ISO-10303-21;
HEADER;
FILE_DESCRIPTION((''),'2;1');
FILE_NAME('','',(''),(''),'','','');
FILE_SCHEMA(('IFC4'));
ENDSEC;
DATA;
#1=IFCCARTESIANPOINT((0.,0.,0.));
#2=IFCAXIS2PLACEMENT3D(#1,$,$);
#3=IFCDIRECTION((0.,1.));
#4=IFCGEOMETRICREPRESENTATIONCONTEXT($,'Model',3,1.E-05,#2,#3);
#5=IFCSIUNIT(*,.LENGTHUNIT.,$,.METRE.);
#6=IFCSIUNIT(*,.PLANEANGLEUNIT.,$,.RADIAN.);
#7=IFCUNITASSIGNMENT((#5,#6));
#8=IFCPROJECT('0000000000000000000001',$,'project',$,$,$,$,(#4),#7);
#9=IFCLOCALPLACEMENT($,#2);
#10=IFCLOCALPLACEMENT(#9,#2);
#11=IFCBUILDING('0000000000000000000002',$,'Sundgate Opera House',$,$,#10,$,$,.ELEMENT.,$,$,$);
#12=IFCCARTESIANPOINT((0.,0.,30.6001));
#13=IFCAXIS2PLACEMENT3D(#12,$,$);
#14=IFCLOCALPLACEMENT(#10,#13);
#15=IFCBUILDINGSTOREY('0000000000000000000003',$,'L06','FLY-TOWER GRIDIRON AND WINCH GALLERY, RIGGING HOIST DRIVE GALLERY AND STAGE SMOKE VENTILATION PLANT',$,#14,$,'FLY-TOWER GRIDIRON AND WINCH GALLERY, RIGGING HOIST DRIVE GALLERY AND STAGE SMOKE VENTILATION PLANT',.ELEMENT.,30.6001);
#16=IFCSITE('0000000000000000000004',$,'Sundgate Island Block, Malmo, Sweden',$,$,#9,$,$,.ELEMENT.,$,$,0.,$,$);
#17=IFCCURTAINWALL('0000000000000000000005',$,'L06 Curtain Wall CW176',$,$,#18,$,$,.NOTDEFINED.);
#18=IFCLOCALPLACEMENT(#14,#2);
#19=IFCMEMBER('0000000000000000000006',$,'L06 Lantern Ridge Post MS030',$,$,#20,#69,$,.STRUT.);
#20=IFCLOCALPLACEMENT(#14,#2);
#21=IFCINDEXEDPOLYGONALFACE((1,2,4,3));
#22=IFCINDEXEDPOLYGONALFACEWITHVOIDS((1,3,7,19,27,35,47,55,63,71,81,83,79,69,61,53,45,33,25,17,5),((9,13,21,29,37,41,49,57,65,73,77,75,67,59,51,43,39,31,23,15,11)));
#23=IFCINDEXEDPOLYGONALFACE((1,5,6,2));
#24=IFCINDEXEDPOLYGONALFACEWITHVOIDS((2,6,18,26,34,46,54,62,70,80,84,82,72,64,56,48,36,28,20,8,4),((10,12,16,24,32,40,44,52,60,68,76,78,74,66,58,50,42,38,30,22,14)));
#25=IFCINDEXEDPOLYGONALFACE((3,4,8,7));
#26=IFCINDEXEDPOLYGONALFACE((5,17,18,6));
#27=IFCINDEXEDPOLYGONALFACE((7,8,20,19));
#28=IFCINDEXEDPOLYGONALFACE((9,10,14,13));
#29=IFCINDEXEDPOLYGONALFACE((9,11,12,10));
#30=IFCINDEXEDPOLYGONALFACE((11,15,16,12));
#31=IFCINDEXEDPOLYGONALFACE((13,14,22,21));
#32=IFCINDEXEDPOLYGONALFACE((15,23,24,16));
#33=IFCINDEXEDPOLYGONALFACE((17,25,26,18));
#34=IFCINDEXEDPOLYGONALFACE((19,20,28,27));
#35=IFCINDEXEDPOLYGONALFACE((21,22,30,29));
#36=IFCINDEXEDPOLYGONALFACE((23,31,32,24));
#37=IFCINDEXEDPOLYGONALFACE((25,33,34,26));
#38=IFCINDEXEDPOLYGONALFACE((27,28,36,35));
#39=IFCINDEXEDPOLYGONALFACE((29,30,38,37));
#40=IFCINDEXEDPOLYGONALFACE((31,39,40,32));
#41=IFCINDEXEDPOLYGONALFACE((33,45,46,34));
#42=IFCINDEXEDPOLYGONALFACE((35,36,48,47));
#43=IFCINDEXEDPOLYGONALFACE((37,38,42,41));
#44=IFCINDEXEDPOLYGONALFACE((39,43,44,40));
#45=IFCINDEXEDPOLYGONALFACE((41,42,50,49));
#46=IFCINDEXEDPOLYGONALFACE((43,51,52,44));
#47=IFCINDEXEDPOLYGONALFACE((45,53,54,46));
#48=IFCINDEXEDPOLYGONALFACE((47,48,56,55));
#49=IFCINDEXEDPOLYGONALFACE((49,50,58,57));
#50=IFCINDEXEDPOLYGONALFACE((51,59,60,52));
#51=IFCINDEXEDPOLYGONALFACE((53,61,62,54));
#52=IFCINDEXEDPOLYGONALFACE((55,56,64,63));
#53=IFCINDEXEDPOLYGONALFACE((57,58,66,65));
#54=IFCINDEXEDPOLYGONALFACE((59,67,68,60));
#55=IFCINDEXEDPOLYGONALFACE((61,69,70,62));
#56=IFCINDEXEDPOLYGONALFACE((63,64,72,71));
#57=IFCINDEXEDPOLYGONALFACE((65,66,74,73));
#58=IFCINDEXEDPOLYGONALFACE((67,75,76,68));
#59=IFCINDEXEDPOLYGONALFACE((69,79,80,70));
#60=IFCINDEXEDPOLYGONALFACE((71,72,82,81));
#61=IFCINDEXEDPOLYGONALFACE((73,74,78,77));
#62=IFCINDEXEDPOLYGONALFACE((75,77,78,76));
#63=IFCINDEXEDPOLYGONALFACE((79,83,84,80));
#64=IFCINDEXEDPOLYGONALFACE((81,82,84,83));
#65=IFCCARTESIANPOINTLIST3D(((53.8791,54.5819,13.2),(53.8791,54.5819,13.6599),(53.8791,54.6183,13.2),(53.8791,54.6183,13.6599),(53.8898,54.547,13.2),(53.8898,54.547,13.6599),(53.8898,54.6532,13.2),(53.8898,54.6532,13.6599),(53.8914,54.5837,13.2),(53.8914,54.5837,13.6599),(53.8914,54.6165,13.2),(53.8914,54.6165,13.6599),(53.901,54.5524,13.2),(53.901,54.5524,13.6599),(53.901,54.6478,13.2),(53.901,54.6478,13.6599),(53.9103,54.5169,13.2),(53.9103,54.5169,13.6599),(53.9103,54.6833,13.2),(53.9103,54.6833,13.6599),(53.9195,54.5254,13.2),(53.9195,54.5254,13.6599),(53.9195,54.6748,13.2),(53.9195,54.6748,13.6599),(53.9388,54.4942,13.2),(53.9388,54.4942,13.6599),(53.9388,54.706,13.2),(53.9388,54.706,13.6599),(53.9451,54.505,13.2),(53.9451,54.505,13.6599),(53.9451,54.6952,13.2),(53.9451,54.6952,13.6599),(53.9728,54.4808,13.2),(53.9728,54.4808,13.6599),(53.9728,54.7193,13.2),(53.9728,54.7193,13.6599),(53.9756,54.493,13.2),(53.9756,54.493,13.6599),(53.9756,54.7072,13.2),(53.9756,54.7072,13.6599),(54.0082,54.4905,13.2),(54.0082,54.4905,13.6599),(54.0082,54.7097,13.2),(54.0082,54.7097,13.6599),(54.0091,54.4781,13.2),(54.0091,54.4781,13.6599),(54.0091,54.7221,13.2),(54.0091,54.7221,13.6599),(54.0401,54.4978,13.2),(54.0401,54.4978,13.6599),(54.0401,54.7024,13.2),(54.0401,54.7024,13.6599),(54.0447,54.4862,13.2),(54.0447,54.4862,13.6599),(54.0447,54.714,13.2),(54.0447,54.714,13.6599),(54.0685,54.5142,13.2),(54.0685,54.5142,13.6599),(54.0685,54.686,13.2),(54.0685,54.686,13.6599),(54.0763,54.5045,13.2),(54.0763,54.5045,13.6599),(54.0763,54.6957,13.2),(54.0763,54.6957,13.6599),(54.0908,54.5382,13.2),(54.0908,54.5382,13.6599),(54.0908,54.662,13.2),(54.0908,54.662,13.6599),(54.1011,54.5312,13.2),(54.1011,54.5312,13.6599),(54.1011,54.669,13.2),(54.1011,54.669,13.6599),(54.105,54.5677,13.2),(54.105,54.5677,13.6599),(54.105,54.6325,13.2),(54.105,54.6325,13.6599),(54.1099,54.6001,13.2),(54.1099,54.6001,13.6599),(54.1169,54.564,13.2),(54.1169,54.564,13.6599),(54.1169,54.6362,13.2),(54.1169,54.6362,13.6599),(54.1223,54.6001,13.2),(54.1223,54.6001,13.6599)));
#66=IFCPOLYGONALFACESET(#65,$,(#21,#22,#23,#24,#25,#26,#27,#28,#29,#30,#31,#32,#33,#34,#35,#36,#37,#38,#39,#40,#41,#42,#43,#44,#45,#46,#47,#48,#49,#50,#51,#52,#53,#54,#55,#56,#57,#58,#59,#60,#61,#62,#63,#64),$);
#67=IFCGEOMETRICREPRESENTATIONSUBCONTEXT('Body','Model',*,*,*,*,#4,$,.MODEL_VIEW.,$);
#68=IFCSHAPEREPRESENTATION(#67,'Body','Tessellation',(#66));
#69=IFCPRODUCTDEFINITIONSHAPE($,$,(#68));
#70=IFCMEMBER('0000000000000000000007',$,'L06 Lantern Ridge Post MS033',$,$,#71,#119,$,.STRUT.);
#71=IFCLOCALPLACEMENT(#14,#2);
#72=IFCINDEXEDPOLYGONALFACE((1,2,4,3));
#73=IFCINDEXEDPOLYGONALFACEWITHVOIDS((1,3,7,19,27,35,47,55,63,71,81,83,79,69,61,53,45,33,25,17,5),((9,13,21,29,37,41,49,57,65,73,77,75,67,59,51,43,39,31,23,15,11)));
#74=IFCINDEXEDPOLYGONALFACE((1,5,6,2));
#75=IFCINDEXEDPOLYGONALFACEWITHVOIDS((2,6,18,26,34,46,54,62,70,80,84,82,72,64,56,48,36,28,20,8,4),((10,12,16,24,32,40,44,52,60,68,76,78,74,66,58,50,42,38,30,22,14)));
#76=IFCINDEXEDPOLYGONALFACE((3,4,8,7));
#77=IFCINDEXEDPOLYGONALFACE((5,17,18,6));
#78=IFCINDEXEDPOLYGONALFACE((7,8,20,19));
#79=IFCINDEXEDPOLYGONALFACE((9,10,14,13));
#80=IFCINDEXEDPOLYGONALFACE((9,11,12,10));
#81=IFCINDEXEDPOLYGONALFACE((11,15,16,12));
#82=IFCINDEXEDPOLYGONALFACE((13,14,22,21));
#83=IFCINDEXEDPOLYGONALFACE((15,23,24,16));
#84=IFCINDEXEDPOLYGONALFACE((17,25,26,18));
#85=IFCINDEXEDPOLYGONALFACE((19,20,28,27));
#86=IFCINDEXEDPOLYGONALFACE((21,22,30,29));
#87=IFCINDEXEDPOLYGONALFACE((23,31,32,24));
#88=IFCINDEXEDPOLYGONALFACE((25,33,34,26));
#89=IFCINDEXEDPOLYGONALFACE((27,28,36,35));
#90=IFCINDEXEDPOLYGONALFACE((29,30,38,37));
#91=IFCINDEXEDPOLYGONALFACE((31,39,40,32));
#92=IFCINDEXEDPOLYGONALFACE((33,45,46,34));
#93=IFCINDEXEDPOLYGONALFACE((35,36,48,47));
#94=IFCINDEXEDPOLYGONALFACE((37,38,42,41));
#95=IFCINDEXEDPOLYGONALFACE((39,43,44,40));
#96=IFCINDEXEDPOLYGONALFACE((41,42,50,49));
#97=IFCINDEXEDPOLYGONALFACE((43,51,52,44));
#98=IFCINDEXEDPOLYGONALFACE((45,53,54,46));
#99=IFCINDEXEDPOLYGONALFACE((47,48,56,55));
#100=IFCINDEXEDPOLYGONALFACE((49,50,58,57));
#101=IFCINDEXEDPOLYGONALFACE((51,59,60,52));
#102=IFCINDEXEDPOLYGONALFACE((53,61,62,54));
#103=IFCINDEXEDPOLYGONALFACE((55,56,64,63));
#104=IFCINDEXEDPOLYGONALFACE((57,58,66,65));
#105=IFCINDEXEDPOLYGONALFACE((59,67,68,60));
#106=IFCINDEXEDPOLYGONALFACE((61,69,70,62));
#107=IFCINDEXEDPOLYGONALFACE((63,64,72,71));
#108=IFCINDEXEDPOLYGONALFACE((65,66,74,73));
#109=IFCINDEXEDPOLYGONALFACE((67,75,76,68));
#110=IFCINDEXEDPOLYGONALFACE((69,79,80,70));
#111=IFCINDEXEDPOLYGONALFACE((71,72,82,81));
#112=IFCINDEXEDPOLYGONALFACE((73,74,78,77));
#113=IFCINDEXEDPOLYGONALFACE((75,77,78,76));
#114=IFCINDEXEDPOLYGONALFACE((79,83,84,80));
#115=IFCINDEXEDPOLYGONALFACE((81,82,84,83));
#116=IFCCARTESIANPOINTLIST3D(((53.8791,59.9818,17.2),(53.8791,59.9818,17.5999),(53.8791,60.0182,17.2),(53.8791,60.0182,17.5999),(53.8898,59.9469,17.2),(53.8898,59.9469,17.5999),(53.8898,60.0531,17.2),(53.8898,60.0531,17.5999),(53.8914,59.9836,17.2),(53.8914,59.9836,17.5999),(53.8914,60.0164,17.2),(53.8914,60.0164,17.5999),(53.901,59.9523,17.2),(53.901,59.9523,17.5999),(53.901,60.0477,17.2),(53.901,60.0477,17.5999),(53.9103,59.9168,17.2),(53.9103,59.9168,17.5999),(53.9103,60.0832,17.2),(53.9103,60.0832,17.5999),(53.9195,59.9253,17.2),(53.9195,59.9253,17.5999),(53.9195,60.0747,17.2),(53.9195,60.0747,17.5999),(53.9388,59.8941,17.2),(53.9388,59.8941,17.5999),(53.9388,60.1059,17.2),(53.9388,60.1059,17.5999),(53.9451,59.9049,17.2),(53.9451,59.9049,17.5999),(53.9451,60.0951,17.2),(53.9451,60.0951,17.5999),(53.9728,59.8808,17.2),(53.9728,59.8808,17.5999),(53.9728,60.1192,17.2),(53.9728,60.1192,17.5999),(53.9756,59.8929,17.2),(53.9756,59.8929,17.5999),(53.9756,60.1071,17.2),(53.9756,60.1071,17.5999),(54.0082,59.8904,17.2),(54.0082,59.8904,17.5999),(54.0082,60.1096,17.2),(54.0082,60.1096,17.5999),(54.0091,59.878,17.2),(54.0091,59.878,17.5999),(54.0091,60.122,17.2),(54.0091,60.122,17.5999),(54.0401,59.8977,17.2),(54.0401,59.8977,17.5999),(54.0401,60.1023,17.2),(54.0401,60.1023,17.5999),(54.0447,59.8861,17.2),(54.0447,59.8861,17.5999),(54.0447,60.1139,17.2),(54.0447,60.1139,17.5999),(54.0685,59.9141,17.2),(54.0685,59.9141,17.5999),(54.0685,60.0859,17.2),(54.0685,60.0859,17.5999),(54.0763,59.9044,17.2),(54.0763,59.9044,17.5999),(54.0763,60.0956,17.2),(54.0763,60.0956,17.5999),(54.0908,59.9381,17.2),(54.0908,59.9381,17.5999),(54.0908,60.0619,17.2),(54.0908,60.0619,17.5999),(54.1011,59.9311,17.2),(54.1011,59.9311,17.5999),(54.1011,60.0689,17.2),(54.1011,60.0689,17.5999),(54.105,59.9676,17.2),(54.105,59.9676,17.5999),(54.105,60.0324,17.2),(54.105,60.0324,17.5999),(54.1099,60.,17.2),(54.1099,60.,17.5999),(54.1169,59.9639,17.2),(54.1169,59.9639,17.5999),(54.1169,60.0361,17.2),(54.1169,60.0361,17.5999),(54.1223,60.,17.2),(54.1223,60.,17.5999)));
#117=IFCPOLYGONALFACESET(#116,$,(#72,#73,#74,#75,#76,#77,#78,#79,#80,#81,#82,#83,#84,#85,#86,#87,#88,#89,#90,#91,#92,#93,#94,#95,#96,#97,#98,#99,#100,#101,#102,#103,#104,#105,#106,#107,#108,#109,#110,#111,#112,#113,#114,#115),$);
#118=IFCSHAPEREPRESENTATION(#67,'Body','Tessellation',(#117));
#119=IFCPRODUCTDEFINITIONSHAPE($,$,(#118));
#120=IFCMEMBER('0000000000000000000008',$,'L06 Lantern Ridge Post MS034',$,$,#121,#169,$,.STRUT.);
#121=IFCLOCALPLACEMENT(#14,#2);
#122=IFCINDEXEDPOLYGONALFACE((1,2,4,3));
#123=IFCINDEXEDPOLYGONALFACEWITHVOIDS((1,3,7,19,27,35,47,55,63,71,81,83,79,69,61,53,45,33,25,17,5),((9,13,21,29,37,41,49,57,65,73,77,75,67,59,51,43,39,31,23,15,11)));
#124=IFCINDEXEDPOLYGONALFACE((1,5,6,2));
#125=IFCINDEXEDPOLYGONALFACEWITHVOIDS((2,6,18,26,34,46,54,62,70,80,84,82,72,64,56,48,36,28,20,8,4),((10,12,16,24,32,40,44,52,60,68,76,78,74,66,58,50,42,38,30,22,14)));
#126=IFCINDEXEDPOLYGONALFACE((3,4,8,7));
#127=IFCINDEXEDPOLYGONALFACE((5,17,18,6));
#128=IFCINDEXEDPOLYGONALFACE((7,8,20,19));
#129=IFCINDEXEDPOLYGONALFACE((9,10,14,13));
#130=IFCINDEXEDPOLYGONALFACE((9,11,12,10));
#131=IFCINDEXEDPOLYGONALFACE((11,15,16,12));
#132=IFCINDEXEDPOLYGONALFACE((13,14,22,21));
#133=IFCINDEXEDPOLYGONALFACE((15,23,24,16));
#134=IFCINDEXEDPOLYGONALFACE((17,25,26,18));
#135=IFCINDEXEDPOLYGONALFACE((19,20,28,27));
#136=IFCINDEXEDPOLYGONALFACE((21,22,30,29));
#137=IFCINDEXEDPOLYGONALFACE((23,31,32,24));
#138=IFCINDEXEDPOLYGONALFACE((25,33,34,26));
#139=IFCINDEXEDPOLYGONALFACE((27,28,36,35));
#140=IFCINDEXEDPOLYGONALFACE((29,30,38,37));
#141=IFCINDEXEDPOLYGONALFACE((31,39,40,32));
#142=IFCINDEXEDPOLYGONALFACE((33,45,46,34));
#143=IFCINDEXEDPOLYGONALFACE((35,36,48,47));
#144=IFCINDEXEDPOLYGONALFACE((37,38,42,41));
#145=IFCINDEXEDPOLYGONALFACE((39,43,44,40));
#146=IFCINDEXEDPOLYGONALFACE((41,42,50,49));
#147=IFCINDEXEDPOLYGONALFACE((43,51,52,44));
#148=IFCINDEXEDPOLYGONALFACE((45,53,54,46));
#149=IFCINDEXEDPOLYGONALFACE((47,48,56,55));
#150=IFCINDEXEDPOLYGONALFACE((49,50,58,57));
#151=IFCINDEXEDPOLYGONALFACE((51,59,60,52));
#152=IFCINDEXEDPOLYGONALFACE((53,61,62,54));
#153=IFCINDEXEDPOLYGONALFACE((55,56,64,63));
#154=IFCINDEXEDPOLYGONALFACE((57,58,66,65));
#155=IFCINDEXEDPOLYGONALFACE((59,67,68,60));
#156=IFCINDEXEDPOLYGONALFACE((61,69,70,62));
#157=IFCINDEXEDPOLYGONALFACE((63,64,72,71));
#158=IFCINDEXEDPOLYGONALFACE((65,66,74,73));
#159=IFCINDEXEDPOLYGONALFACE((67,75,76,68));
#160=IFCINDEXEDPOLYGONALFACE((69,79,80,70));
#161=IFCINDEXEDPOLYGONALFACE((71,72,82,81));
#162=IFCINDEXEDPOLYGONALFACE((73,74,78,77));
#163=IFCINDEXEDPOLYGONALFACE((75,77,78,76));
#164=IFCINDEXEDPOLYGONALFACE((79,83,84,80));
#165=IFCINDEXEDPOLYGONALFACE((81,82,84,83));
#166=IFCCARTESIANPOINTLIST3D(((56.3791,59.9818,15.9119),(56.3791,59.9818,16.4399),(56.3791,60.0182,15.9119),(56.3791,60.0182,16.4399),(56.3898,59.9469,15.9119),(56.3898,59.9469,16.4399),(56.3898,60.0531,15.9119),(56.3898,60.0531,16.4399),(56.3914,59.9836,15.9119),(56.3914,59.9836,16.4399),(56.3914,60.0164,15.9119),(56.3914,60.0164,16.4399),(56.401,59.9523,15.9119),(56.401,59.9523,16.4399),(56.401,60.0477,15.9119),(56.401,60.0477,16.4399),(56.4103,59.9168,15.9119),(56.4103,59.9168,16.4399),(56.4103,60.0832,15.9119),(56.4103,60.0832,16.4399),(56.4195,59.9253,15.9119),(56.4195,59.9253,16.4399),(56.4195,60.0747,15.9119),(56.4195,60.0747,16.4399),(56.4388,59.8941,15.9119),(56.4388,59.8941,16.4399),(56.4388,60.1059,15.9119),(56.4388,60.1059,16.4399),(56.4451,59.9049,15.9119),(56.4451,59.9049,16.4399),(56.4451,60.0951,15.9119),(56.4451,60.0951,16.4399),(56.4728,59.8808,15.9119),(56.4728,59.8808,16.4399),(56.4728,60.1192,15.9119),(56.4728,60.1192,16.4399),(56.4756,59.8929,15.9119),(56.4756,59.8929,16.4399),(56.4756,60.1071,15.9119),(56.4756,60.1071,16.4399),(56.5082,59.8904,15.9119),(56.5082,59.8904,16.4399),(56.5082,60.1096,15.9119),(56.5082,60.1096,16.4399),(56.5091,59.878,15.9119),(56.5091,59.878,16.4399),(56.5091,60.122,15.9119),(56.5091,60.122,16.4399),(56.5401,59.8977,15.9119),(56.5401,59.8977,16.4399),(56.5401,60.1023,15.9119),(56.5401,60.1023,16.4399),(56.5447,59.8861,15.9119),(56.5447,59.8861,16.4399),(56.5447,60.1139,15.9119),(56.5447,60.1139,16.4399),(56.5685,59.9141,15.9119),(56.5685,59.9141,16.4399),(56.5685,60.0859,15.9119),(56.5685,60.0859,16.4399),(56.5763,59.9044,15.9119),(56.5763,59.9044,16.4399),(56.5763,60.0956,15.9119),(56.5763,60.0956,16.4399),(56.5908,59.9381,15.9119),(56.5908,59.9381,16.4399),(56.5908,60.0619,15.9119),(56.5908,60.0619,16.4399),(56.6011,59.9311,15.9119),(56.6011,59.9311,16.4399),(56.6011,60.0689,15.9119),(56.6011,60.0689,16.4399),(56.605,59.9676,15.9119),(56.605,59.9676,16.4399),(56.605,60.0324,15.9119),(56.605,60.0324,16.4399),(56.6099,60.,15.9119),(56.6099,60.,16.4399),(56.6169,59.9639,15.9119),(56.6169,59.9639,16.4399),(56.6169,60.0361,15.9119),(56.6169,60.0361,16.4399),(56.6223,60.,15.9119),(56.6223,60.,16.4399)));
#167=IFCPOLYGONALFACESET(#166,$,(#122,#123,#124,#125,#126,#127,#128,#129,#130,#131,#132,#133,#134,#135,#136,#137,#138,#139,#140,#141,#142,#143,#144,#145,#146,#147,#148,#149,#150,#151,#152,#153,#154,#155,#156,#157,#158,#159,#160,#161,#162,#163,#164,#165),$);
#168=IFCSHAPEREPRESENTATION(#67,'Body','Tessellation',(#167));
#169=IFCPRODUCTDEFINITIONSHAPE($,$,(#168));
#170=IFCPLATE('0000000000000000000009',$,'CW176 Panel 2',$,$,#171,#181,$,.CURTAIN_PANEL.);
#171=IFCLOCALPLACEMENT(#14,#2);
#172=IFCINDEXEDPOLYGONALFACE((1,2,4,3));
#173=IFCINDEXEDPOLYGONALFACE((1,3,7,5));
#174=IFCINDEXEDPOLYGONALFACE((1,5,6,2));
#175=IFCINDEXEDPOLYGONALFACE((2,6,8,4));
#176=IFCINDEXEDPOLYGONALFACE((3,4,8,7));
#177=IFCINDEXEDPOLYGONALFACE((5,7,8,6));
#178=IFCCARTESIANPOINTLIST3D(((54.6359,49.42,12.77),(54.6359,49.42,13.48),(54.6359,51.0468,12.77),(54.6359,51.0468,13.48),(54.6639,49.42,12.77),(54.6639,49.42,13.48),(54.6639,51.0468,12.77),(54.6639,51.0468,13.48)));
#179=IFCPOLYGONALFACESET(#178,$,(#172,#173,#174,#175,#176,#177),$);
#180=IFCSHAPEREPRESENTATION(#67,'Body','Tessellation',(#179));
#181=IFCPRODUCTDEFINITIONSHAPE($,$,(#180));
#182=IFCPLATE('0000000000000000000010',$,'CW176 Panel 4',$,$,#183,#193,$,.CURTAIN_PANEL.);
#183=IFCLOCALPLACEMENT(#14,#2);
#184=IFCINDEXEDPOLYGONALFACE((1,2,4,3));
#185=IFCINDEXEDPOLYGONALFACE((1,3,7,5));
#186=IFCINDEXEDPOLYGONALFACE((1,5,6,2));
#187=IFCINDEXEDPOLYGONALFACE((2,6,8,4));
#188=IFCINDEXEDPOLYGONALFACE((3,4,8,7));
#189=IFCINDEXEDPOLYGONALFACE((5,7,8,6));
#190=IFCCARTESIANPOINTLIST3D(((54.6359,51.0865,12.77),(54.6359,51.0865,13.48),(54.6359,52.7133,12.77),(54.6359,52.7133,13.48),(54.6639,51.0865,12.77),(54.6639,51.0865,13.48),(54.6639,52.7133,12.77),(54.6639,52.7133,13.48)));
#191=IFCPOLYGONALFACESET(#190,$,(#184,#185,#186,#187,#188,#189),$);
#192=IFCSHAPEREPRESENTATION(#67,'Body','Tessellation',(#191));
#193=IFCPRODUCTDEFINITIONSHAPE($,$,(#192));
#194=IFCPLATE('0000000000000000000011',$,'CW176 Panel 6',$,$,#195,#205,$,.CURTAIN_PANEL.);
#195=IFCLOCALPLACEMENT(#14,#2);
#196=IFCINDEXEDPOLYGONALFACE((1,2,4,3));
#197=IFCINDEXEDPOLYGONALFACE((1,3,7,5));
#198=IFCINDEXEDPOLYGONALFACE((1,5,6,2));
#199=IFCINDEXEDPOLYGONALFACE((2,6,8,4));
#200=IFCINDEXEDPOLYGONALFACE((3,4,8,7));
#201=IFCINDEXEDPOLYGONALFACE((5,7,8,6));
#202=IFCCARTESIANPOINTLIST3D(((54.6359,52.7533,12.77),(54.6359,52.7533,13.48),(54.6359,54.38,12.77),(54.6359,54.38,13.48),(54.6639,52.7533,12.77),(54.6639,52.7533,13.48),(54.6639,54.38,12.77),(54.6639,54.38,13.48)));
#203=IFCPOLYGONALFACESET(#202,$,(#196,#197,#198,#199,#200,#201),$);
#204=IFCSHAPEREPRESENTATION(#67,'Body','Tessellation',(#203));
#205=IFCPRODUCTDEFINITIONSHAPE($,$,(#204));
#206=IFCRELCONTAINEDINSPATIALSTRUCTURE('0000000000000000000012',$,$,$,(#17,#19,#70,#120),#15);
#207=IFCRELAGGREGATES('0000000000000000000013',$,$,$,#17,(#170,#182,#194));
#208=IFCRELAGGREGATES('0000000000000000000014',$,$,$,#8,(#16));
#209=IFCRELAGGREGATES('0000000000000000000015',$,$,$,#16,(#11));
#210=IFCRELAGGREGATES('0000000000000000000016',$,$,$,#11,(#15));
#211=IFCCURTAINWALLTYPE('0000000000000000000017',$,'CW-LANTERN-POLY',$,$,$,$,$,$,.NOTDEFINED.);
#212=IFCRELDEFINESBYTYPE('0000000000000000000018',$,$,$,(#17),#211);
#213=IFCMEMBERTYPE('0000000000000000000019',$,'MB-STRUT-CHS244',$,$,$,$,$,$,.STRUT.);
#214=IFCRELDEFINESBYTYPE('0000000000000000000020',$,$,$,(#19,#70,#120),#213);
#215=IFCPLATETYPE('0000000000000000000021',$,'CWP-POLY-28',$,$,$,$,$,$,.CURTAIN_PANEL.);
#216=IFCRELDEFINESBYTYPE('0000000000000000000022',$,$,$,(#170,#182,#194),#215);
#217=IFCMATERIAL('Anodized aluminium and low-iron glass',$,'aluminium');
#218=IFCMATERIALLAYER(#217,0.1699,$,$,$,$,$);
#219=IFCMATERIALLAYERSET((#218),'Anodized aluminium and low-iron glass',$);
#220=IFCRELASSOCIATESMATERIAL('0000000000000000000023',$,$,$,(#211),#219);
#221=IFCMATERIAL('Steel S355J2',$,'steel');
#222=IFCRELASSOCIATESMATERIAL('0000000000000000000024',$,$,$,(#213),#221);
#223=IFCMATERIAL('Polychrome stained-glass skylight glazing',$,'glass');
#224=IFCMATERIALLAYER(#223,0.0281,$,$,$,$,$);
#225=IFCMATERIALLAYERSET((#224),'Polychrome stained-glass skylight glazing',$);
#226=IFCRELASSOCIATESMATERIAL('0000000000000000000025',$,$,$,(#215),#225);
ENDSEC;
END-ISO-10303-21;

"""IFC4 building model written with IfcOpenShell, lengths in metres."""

from ifc_helpers import new_model, si_unit, direction, frame, origin, origin_2d, place, context, subcontext, project, spatial, rectangle, hollow_circle, extrude, material, layer, layer_set, material_profile, profile_set, type_object, element, aggregate, save


model = new_model("IFC4")

# Units and contexts
model_context = context("Model", 3, precision=1e-05, world=origin(), true_north=direction((0.0, 1.0)))
body_context = subcontext(model_context, "Body", "Model", "MODEL_VIEW")
ifc_project = project(units=[si_unit("LENGTHUNIT", "METRE"), si_unit("PLANEANGLEUNIT", "RADIAN")], contexts=[model_context])

# Site, building, storey
site_placement = place(None, origin())
site = spatial("IfcSite", under=ifc_project, at=site_placement, Name="Sundgate Island Block, Malmo, Sweden", CompositionType="ELEMENT", RefElevation=0.0)
building_placement = place(site_placement, origin())
building = spatial("IfcBuilding", under=site, at=building_placement, Name="Sundgate Opera House", CompositionType="ELEMENT")
storey_placement = place(building_placement, frame((0.0, 0.0, 30.6001)))
storey = spatial("IfcBuildingStorey", under=building, at=storey_placement, Name="L06", Description="FLY-TOWER GRIDIRON AND WINCH GALLERY, RIGGING HOIST DRIVE GALLERY AND STAGE SMOKE VENTILATION PLANT", LongName="FLY-TOWER GRIDIRON AND WINCH GALLERY, RIGGING HOIST DRIVE GALLERY AND STAGE SMOKE VENTILATION PLANT", CompositionType="ELEMENT", Elevation=30.6001)

# Shared definitions
ifc_material_1 = material(Name="Anodized aluminium and low-iron glass", Category="aluminium")
ifc_layer_1 = layer(ifc_material_1, 0.1699)
ifc_layer_set_1 = layer_set([ifc_layer_1], Name="Anodized aluminium and low-iron glass")
curtain_wall_type = type_object("IfcCurtainWallType", Name="CW-LANTERN-POLY", PredefinedType="NOTDEFINED", material=ifc_layer_set_1)

# Curtain wall
curtain_wall_1_placement = place(storey_placement, origin())
curtain_wall_1 = element("IfcCurtainWall", 1, at=curtain_wall_1_placement, inside=storey, type_object=curtain_wall_type, Name="L06 Curtain Wall CW176", PredefinedType="NOTDEFINED")

# Members
ifc_material_2 = material(Name="Steel S355J2", Category="steel")
ifc_material_profile_1 = material_profile(ifc_material_2, hollow_circle(Radius=0.1223, WallThickness=0.0125, at=origin_2d()), Name="CHS 244.5x12.5")
ifc_profile_set_1 = profile_set([ifc_material_profile_1], Name="Steel S355J2")
member_type_1 = type_object("IfcMemberType", Name="MB-STRUT-CHS244", PredefinedType="STRUT", material=ifc_profile_set_1)
member_1_placement = place(storey_placement, frame((54.0, 54.6001, 13.2), z_axis=(0.0, 0.0, 1.0), x_axis=(1.0, 0.0, 0.0)))
element("IfcMember", 2, at=member_1_placement, inside=storey, type_object=member_type_1, Name="L06 Lantern Ridge Post MS030", PredefinedType="STRUT", context=body_context, shape_type="SweptSolid", body=[
    extrude(hollow_circle(Radius=0.1223, WallThickness=0.0125, at=origin_2d()), origin(), (0.0, 0.0, 1.0), 0.46),
])
member_2_placement = place(storey_placement, frame((54.0, 60.0, 17.2), z_axis=(0.0, 0.0, 1.0), x_axis=(1.0, 0.0, 0.0)))
element("IfcMember", 3, at=member_2_placement, inside=storey, type_object=member_type_1, Name="L06 Lantern Ridge Post MS033", PredefinedType="STRUT", context=body_context, shape_type="SweptSolid", body=[
    extrude(hollow_circle(Radius=0.1223, WallThickness=0.0125, at=origin_2d()), origin(), (0.0, 0.0, 1.0), 0.3999),
])
member_3_placement = place(storey_placement, frame((56.5, 60.0, 15.9119), z_axis=(0.0, 0.0, 1.0), x_axis=(1.0, 0.0, 0.0)))
element("IfcMember", 4, at=member_3_placement, inside=storey, type_object=member_type_1, Name="L06 Lantern Ridge Post MS034", PredefinedType="STRUT", context=body_context, shape_type="SweptSolid", body=[
    extrude(hollow_circle(Radius=0.1223, WallThickness=0.0125, at=origin_2d()), origin(), (0.0, 0.0, 1.0), 0.5281),
])

# Plates
ifc_material_3 = material(Name="Polychrome stained-glass skylight glazing", Category="glass")
ifc_layer_2 = layer(ifc_material_3, 0.0281)
ifc_layer_set_2 = layer_set([ifc_layer_2], Name="Polychrome stained-glass skylight glazing")
plate_type_1 = type_object("IfcPlateType", Name="CWP-POLY-28", PredefinedType="CURTAIN_PANEL", material=ifc_layer_set_2)
plate_1_placement = place(storey_placement, frame((54.6499, 50.2334, 12.77), z_axis=(0.0, 0.0, 1.0), x_axis=(0.0, 1.0, 0.0)))
plate_1 = element("IfcPlate", 5, at=plate_1_placement, type_object=plate_type_1, Name="CW176 Panel 2", PredefinedType="CURTAIN_PANEL", context=body_context, shape_type="SweptSolid", body=[
    extrude(rectangle(XDim=1.6267, YDim=0.0281, at=origin_2d()), origin(), (0.0, 0.0, 1.0), 0.71),
])
plate_2_placement = place(storey_placement, frame((54.6499, 51.8999, 12.77), z_axis=(0.0, 0.0, 1.0), x_axis=(0.0, 1.0, 0.0)))
plate_2 = element("IfcPlate", 6, at=plate_2_placement, type_object=plate_type_1, Name="CW176 Panel 4", PredefinedType="CURTAIN_PANEL", context=body_context, shape_type="SweptSolid", body=[
    extrude(rectangle(XDim=1.6267, YDim=0.0281, at=origin_2d()), origin(), (0.0, 0.0, 1.0), 0.71),
])
plate_3_placement = place(storey_placement, frame((54.6499, 53.5667, 12.77), z_axis=(0.0, 0.0, 1.0), x_axis=(0.0, 1.0, 0.0)))
plate_3 = element("IfcPlate", 7, at=plate_3_placement, type_object=plate_type_1, Name="CW176 Panel 6", PredefinedType="CURTAIN_PANEL", context=body_context, shape_type="SweptSolid", body=[
    extrude(rectangle(XDim=1.6267, YDim=0.0281, at=origin_2d()), origin(), (0.0, 0.0, 1.0), 0.71),
])
aggregate(curtain_wall_1, [plate_1, plate_2, plate_3])

save(model, "model.ifc")
